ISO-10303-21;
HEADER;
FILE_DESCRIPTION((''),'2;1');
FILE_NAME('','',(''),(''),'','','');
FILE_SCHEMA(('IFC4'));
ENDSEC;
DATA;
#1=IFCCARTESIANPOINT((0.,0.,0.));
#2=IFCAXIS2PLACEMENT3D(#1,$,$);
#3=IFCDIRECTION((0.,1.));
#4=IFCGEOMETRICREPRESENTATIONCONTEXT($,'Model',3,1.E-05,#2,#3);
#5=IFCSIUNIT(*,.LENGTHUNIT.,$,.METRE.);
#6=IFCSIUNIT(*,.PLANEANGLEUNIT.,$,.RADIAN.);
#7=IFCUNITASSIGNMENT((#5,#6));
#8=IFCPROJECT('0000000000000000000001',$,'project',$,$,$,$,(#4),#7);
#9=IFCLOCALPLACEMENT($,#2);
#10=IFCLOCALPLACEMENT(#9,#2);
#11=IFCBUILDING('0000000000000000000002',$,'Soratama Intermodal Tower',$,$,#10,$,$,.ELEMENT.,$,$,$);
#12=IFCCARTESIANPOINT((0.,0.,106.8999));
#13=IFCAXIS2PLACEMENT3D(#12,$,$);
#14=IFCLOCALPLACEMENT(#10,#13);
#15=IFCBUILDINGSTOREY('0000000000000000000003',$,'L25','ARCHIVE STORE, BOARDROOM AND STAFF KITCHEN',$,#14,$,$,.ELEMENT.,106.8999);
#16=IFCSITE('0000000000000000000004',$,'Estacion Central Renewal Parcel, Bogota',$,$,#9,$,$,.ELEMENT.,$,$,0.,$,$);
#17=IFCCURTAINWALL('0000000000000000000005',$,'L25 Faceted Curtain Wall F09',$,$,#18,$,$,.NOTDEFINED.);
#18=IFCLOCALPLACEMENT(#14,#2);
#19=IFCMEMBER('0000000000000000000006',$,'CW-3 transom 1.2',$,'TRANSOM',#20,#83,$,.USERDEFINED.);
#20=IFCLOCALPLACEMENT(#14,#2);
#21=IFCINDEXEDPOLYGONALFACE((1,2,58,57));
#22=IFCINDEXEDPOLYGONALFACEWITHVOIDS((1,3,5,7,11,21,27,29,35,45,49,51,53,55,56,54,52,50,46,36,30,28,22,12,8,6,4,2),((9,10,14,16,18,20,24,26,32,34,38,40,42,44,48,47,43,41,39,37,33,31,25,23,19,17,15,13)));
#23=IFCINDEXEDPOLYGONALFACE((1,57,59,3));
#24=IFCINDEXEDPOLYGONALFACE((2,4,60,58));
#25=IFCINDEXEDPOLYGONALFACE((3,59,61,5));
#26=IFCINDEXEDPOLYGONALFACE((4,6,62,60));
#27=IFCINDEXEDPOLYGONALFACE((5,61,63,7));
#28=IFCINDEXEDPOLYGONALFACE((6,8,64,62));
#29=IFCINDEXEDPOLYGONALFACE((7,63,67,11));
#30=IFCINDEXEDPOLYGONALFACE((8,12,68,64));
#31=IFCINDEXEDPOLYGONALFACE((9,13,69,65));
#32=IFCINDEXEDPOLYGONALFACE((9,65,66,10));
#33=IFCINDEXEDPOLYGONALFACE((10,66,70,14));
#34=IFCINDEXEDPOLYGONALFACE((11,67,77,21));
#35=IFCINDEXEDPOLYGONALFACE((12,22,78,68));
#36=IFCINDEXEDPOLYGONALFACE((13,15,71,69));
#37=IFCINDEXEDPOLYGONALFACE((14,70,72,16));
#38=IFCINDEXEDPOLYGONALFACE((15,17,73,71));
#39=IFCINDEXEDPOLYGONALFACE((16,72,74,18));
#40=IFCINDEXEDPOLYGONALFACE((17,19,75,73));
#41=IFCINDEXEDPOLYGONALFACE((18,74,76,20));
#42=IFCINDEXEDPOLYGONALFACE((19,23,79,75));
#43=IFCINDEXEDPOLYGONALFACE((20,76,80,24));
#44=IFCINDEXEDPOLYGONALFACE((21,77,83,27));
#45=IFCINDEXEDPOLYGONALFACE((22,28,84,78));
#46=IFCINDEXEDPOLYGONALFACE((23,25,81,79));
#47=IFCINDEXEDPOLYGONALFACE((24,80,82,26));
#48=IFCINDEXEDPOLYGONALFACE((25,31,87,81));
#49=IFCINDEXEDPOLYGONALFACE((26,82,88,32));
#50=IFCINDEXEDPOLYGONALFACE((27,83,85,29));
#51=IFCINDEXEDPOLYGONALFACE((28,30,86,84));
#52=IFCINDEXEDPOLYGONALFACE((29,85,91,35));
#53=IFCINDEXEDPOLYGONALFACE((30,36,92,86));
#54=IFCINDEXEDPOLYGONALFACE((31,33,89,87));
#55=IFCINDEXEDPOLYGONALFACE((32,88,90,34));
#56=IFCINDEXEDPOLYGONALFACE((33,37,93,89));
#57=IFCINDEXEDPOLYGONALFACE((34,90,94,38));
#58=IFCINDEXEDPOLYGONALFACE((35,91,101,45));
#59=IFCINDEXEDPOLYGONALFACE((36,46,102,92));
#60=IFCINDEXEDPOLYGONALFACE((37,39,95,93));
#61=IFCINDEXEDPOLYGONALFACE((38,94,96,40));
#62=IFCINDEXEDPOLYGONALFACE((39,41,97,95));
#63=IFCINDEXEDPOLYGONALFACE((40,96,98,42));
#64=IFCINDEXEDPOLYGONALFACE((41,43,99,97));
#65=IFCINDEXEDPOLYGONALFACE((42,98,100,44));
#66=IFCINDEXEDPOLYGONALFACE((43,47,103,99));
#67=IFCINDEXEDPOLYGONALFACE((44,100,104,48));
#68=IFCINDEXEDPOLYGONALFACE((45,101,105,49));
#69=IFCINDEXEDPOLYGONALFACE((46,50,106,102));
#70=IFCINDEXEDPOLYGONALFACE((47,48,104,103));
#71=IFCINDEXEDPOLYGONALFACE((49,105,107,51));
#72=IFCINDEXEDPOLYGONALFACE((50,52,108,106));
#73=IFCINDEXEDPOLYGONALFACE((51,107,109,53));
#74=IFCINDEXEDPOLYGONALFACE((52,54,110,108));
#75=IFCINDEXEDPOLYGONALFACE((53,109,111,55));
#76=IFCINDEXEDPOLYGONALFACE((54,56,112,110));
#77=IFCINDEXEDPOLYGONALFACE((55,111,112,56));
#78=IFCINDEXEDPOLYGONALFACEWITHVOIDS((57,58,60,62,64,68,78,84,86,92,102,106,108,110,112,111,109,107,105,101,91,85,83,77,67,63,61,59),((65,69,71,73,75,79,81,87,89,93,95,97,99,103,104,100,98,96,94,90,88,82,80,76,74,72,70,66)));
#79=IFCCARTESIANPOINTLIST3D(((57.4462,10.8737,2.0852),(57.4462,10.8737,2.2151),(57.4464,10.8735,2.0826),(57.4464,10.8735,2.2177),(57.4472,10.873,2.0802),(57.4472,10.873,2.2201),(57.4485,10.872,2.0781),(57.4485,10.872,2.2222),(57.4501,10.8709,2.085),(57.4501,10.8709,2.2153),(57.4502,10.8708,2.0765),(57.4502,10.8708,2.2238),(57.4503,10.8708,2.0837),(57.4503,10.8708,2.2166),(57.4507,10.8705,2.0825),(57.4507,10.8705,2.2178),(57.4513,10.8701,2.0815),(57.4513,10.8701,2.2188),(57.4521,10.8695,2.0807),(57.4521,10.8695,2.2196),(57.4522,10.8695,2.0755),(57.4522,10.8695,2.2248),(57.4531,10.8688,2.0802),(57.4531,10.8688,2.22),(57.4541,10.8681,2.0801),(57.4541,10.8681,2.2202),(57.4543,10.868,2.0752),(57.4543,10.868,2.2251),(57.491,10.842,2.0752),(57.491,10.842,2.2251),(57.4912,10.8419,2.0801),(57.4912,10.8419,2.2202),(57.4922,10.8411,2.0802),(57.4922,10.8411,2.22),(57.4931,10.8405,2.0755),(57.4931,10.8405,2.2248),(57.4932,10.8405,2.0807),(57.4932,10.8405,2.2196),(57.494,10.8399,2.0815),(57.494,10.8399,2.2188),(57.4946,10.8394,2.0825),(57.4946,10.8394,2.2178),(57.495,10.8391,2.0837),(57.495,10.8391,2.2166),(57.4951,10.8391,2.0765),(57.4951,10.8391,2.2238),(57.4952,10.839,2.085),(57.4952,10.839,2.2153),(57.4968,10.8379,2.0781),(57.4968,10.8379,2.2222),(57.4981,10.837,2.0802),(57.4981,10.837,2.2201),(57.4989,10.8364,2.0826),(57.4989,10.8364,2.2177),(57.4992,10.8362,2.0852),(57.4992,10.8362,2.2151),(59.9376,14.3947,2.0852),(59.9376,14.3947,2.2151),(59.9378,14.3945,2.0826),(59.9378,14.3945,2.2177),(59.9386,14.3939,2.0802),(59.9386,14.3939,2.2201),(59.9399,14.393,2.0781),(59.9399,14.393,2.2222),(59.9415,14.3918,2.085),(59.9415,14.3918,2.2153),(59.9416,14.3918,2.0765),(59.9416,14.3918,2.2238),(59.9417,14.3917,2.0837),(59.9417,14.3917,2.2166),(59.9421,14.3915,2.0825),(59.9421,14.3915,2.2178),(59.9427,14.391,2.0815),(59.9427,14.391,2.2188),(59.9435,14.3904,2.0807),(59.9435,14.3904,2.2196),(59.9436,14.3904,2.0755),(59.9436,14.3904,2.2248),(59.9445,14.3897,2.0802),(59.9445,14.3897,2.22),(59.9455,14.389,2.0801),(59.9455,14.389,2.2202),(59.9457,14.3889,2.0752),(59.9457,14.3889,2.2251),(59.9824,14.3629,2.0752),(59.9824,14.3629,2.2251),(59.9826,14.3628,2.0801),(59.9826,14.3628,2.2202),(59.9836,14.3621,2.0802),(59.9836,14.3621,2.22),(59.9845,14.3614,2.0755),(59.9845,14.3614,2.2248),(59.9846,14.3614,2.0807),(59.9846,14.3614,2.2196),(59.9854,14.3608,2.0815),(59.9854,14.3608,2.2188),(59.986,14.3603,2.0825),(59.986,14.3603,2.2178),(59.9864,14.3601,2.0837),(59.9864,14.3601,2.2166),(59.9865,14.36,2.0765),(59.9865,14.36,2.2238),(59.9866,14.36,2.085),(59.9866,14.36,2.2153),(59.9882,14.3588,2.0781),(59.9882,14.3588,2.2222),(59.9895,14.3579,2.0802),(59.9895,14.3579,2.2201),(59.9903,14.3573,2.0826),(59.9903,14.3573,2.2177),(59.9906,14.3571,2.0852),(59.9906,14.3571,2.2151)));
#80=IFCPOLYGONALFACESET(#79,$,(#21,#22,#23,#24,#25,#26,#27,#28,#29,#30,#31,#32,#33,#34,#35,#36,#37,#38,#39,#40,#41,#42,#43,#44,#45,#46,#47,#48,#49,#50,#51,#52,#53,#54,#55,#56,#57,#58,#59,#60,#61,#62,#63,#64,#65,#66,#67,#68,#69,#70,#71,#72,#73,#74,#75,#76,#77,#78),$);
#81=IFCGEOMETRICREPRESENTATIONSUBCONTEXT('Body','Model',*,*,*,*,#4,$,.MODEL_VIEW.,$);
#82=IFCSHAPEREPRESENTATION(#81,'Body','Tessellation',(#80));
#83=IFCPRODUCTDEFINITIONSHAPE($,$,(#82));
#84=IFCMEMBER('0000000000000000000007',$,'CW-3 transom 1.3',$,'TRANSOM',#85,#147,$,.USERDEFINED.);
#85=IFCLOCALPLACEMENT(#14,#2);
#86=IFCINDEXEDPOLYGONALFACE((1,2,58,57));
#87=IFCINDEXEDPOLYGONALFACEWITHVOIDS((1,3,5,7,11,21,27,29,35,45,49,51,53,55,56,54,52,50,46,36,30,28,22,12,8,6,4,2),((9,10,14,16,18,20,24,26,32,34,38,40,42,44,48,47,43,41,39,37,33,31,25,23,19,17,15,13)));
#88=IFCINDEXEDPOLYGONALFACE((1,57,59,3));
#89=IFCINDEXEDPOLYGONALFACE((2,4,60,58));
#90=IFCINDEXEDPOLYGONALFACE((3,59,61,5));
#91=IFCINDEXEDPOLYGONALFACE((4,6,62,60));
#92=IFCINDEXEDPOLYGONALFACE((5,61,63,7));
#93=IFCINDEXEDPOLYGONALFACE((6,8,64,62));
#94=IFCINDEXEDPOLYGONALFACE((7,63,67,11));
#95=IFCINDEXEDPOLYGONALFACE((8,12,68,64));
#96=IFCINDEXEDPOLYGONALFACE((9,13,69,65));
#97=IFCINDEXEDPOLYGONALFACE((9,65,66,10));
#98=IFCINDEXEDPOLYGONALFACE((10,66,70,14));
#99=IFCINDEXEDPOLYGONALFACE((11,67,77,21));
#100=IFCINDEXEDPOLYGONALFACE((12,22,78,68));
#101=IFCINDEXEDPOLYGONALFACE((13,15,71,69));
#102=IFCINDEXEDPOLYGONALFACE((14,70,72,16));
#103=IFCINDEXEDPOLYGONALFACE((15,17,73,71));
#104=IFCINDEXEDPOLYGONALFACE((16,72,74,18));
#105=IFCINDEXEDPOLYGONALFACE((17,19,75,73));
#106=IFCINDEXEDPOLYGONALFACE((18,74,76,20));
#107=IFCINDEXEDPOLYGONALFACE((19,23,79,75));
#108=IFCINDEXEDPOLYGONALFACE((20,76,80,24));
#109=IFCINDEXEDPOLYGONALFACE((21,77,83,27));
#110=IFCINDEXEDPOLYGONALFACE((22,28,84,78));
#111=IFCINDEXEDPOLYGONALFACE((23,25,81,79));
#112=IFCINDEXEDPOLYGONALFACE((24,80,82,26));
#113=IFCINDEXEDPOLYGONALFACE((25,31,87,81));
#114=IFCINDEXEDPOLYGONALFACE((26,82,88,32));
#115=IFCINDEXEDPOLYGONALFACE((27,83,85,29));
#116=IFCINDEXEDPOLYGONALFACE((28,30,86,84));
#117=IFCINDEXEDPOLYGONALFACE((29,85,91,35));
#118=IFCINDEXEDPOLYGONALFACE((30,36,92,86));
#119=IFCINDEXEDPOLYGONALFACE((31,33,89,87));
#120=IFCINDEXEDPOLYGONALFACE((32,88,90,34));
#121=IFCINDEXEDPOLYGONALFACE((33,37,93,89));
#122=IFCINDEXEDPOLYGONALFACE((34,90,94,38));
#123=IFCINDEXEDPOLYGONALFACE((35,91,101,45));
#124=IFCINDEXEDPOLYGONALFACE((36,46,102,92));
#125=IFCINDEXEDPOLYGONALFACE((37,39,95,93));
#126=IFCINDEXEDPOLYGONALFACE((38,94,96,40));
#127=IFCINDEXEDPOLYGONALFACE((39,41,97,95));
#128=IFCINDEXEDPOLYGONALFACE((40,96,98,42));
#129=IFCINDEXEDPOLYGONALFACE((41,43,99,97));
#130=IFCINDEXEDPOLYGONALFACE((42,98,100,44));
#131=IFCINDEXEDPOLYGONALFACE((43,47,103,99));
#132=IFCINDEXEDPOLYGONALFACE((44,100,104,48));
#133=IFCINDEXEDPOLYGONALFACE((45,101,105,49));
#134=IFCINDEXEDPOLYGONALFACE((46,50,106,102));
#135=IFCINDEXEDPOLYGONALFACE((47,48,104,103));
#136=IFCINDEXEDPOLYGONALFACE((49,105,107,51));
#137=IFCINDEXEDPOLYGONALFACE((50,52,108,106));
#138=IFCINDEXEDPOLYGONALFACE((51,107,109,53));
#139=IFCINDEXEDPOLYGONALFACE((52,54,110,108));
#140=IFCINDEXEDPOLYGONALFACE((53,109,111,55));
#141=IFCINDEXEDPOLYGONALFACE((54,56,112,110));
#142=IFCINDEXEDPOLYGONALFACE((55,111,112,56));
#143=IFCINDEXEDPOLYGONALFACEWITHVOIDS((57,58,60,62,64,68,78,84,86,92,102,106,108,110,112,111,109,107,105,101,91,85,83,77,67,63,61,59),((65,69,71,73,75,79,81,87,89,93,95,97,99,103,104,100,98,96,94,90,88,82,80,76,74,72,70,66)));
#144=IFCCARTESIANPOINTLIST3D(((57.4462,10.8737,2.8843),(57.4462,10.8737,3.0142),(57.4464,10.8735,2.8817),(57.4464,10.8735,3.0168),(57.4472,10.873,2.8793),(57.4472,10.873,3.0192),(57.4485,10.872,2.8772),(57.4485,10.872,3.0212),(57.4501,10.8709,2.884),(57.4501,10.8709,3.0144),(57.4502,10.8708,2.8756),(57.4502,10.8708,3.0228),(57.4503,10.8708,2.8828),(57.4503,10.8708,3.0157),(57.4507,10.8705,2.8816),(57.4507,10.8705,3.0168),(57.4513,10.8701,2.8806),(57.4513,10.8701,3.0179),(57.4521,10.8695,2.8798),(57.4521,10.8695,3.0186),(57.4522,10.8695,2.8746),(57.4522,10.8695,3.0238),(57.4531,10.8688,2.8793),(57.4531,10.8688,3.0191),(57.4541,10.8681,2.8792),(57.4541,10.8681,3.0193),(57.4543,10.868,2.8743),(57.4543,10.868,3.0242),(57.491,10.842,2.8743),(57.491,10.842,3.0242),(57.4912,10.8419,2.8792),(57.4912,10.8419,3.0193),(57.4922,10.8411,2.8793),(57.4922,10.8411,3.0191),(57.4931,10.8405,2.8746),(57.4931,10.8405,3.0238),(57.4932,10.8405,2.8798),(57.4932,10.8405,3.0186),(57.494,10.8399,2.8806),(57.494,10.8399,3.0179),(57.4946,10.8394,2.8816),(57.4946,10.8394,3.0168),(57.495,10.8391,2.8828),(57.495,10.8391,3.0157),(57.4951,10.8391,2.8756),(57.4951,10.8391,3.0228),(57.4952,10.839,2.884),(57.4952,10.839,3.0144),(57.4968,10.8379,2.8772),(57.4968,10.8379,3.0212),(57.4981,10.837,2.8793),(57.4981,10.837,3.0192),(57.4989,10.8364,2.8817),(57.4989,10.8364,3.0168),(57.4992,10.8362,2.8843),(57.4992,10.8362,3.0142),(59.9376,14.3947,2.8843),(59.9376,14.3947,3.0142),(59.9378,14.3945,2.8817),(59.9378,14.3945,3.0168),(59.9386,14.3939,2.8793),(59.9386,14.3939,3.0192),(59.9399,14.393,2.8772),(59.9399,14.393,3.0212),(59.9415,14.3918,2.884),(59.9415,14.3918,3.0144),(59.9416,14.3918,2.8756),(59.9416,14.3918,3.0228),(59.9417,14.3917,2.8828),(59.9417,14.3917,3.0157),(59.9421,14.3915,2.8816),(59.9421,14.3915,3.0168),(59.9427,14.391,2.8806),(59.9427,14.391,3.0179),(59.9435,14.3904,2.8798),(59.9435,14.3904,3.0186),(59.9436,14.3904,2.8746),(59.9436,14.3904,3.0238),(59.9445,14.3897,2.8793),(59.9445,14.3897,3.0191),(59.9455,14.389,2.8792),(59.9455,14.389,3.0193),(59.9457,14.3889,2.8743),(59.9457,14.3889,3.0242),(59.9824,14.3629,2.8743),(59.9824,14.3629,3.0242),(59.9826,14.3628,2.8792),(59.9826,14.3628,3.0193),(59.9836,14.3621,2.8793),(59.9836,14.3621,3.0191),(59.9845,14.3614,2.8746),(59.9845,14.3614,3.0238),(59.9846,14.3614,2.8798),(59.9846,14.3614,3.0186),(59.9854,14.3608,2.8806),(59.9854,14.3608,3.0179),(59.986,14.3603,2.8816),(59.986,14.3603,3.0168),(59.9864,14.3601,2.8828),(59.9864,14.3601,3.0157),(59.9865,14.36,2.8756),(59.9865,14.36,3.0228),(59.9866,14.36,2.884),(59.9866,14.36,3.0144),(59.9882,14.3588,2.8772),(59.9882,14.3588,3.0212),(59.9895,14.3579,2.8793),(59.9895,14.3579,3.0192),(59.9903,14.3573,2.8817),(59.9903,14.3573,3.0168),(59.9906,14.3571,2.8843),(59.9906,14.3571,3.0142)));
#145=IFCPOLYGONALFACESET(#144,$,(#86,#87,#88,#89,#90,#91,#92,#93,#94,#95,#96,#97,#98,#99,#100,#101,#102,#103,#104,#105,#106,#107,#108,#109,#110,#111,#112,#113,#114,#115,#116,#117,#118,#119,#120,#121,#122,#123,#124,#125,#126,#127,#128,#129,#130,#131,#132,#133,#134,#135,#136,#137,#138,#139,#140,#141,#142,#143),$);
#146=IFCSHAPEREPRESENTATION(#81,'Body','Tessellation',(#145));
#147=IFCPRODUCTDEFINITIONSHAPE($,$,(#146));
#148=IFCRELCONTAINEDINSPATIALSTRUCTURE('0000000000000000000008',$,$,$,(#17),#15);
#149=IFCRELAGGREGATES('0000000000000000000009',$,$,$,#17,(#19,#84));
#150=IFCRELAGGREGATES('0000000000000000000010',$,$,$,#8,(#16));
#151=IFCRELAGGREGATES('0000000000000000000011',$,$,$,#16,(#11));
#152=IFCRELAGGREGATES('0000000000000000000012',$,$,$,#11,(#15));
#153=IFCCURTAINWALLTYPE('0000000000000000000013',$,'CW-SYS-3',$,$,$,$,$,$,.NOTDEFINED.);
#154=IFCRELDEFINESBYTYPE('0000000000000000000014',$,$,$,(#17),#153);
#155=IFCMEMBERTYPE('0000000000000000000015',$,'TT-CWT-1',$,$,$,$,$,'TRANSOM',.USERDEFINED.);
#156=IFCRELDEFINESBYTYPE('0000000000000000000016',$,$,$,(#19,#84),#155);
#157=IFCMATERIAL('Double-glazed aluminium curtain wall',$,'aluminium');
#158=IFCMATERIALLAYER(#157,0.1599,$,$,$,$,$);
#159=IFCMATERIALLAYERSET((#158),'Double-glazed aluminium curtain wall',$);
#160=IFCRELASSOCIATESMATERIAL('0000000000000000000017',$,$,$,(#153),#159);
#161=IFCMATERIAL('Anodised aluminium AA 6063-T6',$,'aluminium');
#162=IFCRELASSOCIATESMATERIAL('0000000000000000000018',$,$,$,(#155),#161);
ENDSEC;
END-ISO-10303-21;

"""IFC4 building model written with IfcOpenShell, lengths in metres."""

from ifc_helpers import new_model, si_unit, direction, frame, origin, origin_2d, place, context, subcontext, project, spatial, hollow_rectangle, extrude, material, layer, layer_set, material_profile, profile_set, type_object, element, aggregate, save


model = new_model("IFC4")

# Units and contexts
model_context = context("Model", 3, precision=1e-05, world=origin(), true_north=direction((0.0, 1.0)))
body_context = subcontext(model_context, "Body", "Model", "MODEL_VIEW")
ifc_project = project(units=[si_unit("LENGTHUNIT", "METRE"), si_unit("PLANEANGLEUNIT", "RADIAN")], contexts=[model_context])

# Site, building, storey
site_placement = place(None, origin())
site = spatial("IfcSite", under=ifc_project, at=site_placement, Name="Estacion Central Renewal Parcel, Bogota", CompositionType="ELEMENT", RefElevation=0.0)
building_placement = place(site_placement, origin())
building = spatial("IfcBuilding", under=site, at=building_placement, Name="Soratama Intermodal Tower", CompositionType="ELEMENT")
storey_placement = place(building_placement, frame((0.0, 0.0, 106.8999)))
storey = spatial("IfcBuildingStorey", under=building, at=storey_placement, Name="L25", Description="ARCHIVE STORE, BOARDROOM AND STAFF KITCHEN", CompositionType="ELEMENT", Elevation=106.8999)

# Curtain wall, members
ifc_material_1 = material(Name="Double-glazed aluminium curtain wall", Category="aluminium")
ifc_layer_1 = layer(ifc_material_1, 0.1599)
ifc_layer_set_1 = layer_set([ifc_layer_1], Name="Double-glazed aluminium curtain wall")
curtain_wall_type = type_object("IfcCurtainWallType", Name="CW-SYS-3", PredefinedType="NOTDEFINED", material=ifc_layer_set_1)
curtain_wall_placement = place(storey_placement, origin())
curtain_wall = element("IfcCurtainWall", 1, at=curtain_wall_placement, inside=storey, type_object=curtain_wall_type, Name="L25 Faceted Curtain Wall F09", PredefinedType="NOTDEFINED")
ifc_material_2 = material(Name="Anodised aluminium AA 6063-T6", Category="aluminium")
ifc_material_profile_1 = material_profile(ifc_material_2, hollow_rectangle(XDim=0.0649, YDim=0.1499, WallThickness=0.0049, InnerFilletRadius=0.0049, OuterFilletRadius=0.01, at=origin_2d()), Name="CWT150X65X5")
ifc_profile_set_1 = profile_set([ifc_material_profile_1], Name="Anodised aluminium AA 6063-T6")
member_type_1 = type_object("IfcMemberType", Name="TT-CWT-1", ElementType="TRANSOM", PredefinedType="USERDEFINED", material=ifc_profile_set_1)
member_1_placement = place(storey_placement, frame((57.4727, 10.855, 2.1501), z_axis=(0.577618, 0.816307, 0.0), x_axis=(-0.816307, 0.577618, 0.0)))
member_1 = element("IfcMember", 2, at=member_1_placement, type_object=member_type_1, Name="CW-3 transom 1.2", ObjectType="TRANSOM", PredefinedType="USERDEFINED", context=body_context, shape_type="SweptSolid", body=[
    extrude(hollow_rectangle(XDim=0.0649, YDim=0.1499, WallThickness=0.0049, InnerFilletRadius=0.0049, OuterFilletRadius=0.01, at=origin_2d()), origin(), (0.0, 0.0, 1.0), 4.3132),
])
member_2_placement = place(storey_placement, frame((57.4727, 10.855, 2.9492), z_axis=(0.577618, 0.816307, 0.0), x_axis=(-0.816307, 0.577618, 0.0)))
member_2 = element("IfcMember", 3, at=member_2_placement, type_object=member_type_1, Name="CW-3 transom 1.3", ObjectType="TRANSOM", PredefinedType="USERDEFINED", context=body_context, shape_type="SweptSolid", body=[
    extrude(hollow_rectangle(XDim=0.0649, YDim=0.1499, WallThickness=0.0049, InnerFilletRadius=0.0049, OuterFilletRadius=0.01, at=origin_2d()), origin(), (0.0, 0.0, 1.0), 4.3132),
])
aggregate(curtain_wall, [member_1, member_2])

save(model, "model.ifc")
